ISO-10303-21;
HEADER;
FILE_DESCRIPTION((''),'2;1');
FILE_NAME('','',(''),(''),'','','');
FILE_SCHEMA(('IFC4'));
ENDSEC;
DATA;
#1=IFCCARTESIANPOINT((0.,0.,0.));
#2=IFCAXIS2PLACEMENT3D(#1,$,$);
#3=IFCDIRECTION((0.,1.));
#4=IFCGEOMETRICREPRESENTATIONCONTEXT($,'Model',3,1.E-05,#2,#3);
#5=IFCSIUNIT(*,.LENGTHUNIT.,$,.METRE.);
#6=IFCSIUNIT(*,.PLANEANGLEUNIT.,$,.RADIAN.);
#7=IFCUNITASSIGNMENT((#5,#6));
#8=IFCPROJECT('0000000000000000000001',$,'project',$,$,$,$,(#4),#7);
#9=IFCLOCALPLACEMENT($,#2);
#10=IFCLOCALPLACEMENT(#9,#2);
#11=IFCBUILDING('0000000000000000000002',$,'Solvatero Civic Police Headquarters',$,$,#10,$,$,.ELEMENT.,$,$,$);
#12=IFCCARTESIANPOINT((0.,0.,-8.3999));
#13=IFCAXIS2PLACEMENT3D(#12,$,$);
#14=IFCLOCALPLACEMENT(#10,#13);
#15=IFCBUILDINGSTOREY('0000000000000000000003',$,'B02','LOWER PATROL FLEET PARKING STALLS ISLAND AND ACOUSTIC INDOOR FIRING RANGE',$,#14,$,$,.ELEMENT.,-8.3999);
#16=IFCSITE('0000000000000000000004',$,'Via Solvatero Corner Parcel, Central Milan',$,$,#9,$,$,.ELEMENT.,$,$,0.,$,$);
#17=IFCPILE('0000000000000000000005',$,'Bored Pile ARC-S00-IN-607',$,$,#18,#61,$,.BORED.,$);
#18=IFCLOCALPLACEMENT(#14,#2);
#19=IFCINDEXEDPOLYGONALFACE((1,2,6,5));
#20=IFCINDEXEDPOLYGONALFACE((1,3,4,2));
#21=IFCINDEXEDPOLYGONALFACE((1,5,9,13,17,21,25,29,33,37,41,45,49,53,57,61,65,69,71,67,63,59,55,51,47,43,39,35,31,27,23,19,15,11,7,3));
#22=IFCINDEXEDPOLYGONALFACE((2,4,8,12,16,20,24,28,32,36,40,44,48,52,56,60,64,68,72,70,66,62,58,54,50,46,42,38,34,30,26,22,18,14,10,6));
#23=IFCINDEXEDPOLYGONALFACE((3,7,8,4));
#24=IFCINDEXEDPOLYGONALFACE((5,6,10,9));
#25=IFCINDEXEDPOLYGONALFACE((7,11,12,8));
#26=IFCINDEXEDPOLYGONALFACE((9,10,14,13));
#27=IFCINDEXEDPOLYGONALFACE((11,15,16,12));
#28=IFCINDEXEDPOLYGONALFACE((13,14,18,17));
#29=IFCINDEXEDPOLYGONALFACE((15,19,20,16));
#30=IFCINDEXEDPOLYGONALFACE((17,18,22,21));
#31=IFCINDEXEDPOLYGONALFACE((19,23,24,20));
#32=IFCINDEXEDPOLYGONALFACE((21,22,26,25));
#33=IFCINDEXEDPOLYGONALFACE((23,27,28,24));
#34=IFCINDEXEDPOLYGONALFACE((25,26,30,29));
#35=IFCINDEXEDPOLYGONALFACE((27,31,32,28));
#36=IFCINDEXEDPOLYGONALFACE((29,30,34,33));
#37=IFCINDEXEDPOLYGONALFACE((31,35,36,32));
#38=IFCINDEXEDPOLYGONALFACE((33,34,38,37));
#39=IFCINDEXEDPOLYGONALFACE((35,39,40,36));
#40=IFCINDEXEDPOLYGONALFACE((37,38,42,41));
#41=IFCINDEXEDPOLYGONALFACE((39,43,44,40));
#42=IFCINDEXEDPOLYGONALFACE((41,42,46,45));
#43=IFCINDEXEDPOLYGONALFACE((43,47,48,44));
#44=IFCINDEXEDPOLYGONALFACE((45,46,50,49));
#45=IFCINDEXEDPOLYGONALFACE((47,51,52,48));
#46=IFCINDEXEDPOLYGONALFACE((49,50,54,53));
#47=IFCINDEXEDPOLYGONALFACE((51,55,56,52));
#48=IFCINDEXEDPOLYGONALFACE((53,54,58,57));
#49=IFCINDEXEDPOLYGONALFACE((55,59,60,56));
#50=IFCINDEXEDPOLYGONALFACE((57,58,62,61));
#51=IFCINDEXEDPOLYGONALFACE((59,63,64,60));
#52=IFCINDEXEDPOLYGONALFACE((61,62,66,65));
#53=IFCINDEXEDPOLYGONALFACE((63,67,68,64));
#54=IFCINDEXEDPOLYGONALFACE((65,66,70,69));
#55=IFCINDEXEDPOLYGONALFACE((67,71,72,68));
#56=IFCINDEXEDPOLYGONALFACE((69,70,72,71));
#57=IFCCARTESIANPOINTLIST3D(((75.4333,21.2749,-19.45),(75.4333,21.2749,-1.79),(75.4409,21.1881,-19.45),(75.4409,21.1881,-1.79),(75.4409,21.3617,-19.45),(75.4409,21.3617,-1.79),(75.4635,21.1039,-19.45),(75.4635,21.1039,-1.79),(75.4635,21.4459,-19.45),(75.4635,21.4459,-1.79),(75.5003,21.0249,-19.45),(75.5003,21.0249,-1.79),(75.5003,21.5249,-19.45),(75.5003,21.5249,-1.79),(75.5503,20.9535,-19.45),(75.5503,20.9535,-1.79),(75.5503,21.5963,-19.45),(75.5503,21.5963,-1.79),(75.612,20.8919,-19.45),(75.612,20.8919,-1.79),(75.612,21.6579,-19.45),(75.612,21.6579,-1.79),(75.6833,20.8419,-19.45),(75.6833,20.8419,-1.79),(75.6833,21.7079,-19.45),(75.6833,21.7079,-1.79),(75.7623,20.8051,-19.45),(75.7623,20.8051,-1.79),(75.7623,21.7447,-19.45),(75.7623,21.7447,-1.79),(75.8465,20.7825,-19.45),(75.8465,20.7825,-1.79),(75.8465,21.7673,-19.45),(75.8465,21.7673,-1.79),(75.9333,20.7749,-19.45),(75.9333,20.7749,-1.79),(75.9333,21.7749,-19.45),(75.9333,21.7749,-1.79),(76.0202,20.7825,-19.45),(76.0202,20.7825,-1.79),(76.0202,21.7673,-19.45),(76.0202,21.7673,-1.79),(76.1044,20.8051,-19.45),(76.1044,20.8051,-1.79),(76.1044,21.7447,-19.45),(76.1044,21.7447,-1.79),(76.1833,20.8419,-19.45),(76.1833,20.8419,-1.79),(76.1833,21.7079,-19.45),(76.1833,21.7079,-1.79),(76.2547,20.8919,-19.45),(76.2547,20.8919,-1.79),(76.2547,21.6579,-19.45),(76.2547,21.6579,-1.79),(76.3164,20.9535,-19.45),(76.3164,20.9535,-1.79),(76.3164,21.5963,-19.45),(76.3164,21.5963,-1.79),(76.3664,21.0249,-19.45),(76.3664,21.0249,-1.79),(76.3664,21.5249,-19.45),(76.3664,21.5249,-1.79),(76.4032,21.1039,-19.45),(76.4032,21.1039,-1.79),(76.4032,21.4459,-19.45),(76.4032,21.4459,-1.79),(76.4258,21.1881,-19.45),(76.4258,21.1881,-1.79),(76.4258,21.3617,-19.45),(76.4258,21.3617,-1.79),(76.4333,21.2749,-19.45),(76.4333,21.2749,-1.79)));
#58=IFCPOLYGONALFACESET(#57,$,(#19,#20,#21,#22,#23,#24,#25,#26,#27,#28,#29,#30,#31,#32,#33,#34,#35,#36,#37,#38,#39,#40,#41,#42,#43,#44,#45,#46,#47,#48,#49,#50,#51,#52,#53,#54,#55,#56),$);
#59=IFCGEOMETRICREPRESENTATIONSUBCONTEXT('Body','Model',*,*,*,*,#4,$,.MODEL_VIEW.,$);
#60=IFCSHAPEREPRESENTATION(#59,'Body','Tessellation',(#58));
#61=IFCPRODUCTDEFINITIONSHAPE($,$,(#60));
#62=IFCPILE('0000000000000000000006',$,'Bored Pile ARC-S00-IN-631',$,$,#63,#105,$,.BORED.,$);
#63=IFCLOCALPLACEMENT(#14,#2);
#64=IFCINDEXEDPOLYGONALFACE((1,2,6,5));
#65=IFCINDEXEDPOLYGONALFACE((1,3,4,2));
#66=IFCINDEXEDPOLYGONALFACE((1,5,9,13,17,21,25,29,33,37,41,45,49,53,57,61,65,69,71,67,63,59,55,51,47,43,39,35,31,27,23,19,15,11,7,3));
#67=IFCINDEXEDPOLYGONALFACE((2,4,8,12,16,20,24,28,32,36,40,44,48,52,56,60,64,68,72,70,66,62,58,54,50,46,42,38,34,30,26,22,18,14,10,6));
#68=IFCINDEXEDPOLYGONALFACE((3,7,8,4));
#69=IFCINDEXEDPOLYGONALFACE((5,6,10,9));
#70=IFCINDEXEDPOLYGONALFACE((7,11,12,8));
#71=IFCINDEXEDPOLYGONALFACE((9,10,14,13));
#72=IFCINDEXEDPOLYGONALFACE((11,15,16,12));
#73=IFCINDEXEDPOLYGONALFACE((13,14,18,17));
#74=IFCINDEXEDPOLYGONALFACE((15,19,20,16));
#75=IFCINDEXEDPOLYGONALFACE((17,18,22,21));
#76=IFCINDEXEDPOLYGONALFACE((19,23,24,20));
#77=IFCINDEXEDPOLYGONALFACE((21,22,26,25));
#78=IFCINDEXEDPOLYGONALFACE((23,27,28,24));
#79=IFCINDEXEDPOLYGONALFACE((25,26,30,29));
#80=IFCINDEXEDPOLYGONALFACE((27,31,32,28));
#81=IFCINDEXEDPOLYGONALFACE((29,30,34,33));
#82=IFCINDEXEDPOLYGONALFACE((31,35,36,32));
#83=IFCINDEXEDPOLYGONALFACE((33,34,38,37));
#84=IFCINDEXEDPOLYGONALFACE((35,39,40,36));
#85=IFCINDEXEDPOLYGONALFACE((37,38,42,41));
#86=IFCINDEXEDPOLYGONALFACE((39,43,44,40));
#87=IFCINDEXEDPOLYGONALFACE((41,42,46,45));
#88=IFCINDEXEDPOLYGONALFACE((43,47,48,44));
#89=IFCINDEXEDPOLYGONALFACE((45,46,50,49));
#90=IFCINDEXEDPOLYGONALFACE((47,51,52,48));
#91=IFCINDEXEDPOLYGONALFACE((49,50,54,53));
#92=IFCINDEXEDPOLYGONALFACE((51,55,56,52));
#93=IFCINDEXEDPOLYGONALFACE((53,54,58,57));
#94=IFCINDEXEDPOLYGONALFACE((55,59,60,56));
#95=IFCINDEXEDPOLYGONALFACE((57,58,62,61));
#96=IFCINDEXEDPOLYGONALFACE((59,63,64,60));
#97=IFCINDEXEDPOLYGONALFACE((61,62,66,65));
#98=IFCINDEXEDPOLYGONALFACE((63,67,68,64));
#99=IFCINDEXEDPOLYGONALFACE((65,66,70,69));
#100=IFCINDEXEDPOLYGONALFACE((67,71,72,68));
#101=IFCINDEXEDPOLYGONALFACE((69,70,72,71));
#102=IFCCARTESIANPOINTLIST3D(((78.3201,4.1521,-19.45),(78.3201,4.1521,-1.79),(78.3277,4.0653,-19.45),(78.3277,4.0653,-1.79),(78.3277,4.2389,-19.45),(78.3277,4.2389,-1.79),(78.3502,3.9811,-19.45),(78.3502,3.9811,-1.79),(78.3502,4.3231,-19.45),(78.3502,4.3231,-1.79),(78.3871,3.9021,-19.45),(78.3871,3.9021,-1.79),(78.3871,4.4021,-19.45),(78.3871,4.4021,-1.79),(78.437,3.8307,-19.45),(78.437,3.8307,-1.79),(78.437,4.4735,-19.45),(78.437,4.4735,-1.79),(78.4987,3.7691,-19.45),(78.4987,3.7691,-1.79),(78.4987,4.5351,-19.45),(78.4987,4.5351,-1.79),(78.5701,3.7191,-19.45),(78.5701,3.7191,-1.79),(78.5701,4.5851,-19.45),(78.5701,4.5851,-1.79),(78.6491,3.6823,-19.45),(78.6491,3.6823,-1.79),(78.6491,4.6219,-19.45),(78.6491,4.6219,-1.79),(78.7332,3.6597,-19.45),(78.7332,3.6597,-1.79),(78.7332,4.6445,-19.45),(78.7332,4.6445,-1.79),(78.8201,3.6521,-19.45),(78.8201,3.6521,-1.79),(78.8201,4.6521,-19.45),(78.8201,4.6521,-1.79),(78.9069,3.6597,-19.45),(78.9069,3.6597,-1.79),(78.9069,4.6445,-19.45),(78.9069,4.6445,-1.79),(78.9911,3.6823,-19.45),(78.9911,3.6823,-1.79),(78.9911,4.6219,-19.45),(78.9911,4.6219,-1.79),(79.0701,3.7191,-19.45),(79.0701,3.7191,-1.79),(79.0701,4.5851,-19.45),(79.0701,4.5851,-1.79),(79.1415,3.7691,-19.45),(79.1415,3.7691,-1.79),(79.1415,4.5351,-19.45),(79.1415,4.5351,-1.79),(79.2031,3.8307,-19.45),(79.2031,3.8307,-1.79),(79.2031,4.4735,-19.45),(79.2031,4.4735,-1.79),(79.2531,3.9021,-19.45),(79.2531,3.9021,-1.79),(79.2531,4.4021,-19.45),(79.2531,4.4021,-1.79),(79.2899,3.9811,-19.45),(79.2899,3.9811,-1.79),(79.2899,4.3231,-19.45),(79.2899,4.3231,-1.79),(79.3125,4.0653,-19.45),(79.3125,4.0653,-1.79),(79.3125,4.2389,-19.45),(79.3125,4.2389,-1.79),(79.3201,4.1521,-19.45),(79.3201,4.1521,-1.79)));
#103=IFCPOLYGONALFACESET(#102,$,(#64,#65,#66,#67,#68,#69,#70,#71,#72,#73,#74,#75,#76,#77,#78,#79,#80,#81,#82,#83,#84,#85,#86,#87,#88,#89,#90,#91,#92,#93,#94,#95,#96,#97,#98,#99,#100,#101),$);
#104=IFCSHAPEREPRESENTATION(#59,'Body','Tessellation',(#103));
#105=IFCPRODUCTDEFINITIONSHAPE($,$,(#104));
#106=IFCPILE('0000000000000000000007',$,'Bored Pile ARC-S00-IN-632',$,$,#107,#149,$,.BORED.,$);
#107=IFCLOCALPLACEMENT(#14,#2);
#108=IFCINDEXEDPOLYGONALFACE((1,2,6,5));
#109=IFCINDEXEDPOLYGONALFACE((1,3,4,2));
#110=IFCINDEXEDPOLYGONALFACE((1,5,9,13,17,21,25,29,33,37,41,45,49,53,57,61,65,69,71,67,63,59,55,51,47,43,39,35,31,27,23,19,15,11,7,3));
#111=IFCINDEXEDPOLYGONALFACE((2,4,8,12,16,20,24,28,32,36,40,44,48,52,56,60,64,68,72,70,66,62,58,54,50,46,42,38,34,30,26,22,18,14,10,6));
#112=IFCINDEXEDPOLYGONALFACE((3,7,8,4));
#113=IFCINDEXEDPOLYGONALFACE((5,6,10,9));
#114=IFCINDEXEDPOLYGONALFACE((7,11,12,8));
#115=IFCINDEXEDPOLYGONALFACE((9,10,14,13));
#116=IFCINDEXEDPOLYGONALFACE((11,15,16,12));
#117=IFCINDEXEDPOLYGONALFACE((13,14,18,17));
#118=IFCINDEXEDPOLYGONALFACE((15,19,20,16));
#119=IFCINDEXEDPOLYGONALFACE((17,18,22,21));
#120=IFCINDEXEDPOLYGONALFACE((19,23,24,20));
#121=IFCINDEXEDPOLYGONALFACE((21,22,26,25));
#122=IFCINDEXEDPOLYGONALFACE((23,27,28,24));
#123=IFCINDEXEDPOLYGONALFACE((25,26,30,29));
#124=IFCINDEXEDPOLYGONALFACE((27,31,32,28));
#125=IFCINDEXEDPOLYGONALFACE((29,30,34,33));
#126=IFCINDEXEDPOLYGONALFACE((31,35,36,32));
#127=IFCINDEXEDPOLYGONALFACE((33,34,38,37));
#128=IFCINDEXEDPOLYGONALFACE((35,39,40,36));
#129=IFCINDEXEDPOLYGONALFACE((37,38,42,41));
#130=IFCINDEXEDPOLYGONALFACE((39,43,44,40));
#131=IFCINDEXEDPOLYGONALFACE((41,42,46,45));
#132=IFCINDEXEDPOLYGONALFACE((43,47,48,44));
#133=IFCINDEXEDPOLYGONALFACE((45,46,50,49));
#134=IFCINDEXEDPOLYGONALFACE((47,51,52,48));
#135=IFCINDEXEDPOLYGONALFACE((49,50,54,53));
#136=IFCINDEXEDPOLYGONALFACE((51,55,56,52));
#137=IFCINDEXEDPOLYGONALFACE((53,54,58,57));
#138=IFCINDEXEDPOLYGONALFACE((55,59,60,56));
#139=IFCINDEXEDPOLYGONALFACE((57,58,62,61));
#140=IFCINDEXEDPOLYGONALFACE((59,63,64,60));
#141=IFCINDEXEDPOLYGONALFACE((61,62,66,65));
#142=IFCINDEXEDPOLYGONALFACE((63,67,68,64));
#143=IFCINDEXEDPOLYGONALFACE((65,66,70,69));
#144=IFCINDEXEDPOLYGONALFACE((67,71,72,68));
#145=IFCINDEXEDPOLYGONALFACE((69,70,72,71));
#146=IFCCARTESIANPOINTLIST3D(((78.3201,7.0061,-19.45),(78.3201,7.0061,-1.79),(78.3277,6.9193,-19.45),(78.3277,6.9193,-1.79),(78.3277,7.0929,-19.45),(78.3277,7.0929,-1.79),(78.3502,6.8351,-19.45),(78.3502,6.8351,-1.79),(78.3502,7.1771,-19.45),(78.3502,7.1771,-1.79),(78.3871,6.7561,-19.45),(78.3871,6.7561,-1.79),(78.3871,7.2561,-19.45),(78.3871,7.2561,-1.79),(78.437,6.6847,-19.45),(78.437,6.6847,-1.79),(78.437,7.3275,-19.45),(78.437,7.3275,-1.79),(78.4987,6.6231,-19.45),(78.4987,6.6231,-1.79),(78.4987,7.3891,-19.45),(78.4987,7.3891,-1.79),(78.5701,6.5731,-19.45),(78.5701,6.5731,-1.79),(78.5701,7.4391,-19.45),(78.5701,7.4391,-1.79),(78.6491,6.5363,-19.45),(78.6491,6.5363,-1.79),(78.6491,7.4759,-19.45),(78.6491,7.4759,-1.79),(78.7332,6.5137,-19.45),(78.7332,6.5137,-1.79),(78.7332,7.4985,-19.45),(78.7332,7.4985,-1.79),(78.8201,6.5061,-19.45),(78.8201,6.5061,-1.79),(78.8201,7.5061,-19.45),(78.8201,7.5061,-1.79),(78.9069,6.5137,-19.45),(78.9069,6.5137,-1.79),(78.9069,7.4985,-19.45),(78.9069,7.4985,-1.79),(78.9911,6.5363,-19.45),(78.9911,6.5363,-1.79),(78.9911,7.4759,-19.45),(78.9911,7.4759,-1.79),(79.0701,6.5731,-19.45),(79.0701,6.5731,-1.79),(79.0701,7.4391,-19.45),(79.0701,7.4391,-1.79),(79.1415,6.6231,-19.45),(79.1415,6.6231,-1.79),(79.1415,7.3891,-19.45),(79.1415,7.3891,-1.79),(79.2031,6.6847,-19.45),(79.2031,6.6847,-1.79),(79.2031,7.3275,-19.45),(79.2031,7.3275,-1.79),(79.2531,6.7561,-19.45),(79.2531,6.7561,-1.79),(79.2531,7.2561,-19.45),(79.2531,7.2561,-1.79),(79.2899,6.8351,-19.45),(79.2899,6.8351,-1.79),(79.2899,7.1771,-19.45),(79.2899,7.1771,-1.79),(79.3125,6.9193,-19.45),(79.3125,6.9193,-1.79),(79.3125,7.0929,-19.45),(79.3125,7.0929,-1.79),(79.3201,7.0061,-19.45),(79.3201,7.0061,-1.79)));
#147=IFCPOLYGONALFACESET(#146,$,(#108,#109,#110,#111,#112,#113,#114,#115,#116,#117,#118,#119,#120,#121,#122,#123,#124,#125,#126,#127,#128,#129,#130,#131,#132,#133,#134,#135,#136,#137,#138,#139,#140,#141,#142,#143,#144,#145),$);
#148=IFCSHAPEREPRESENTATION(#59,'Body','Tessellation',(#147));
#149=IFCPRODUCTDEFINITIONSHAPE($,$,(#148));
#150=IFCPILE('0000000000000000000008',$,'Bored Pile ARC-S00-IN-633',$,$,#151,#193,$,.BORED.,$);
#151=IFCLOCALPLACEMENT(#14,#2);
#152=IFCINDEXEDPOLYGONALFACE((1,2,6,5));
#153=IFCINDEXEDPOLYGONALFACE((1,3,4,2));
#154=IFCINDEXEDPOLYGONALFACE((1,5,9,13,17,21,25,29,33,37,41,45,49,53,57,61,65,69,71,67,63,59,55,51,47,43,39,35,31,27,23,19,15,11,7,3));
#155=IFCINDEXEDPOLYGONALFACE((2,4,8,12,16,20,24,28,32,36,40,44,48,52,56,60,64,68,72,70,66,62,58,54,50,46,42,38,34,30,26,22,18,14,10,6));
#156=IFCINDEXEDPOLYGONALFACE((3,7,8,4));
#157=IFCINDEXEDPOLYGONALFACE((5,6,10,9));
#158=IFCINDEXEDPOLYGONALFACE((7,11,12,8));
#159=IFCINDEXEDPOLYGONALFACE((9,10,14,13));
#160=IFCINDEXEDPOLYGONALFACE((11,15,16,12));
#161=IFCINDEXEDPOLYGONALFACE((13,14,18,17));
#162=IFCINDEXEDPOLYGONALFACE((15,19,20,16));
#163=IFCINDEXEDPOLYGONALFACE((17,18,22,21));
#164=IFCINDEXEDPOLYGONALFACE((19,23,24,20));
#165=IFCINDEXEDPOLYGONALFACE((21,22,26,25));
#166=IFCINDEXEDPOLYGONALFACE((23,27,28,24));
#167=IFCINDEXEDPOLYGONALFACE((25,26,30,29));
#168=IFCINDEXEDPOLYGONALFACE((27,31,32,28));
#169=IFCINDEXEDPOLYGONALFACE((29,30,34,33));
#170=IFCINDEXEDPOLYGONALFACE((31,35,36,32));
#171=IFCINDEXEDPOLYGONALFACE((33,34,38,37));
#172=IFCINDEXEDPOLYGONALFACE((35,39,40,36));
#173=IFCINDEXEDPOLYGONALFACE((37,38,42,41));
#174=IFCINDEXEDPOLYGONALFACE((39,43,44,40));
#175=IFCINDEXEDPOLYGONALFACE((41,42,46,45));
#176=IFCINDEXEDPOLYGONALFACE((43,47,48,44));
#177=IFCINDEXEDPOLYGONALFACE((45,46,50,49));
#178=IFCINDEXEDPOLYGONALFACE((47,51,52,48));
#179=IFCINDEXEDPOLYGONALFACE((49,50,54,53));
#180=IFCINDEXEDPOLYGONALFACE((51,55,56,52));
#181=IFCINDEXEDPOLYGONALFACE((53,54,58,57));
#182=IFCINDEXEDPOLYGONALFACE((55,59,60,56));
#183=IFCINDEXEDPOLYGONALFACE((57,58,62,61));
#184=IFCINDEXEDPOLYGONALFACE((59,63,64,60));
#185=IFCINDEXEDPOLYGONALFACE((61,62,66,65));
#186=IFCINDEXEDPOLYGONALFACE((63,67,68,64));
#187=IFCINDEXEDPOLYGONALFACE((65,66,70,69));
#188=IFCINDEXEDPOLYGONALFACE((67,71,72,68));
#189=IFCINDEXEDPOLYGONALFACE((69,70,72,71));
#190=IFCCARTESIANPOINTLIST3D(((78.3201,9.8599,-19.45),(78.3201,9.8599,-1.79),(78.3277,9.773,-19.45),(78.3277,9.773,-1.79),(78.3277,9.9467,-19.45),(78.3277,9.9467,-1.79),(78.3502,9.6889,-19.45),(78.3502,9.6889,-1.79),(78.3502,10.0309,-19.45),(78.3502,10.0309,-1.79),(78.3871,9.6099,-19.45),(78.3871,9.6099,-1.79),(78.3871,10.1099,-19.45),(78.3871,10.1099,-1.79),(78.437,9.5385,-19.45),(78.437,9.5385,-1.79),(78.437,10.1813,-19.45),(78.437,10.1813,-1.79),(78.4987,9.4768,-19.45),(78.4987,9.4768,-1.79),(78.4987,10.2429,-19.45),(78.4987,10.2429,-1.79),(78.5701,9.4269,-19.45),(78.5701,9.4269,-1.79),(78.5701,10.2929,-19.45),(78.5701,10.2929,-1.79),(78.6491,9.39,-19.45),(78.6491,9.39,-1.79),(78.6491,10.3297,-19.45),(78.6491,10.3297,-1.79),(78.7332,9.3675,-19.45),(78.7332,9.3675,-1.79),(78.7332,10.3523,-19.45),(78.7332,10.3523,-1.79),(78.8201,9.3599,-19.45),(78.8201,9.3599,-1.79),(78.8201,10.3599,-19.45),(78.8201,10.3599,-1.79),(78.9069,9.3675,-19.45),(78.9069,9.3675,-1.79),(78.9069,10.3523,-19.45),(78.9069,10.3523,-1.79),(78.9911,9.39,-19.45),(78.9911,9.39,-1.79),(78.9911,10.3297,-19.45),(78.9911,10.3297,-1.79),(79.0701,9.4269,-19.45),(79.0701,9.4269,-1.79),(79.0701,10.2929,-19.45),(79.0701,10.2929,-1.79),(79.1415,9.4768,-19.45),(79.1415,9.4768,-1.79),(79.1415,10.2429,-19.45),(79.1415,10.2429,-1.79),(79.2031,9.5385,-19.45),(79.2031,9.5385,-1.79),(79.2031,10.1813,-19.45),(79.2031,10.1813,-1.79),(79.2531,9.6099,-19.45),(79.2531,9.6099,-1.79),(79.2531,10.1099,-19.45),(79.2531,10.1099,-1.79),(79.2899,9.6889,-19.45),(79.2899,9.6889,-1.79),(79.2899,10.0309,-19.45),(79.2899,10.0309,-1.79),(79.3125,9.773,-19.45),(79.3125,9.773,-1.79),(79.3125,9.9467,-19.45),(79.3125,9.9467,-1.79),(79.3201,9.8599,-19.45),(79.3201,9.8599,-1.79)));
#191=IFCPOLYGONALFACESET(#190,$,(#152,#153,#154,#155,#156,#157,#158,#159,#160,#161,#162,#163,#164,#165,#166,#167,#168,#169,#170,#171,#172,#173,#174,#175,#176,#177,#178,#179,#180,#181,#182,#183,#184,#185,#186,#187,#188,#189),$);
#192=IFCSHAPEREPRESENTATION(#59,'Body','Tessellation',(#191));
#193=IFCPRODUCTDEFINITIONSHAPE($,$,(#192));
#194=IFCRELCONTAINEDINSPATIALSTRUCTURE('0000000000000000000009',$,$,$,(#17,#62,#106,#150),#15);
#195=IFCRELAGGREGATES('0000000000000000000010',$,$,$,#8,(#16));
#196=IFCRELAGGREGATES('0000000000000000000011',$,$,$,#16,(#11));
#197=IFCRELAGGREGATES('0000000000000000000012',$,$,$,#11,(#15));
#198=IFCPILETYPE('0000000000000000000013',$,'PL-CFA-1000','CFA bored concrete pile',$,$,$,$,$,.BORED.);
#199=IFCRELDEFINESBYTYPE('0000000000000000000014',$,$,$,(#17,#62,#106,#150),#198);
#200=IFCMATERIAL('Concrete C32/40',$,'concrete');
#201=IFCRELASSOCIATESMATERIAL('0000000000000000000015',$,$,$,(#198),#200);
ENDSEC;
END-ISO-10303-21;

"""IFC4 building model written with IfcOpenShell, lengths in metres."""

from ifc_helpers import new_model, si_unit, direction, frame, origin, origin_2d, place, context, subcontext, project, spatial, circle, extrude, material, material_profile, profile_set, type_object, element, save


model = new_model("IFC4")

# Units and contexts
model_context = context("Model", 3, precision=1e-05, world=origin(), true_north=direction((0.0, 1.0)))
body_context = subcontext(model_context, "Body", "Model", "MODEL_VIEW")
ifc_project = project(units=[si_unit("LENGTHUNIT", "METRE"), si_unit("PLANEANGLEUNIT", "RADIAN")], contexts=[model_context])

# Site, building, storey
site_placement = place(None, origin())
site = spatial("IfcSite", under=ifc_project, at=site_placement, Name="Via Solvatero Corner Parcel, Central Milan", CompositionType="ELEMENT", RefElevation=0.0)
building_placement = place(site_placement, origin())
building = spatial("IfcBuilding", under=site, at=building_placement, Name="Solvatero Civic Police Headquarters", CompositionType="ELEMENT")
storey_placement = place(building_placement, frame((0.0, 0.0, -8.3999)))
storey = spatial("IfcBuildingStorey", under=building, at=storey_placement, Name="B02", Description="LOWER PATROL FLEET PARKING STALLS ISLAND AND ACOUSTIC INDOOR FIRING RANGE", CompositionType="ELEMENT", Elevation=-8.3999)

# Piles
ifc_material_1 = material(Name="Concrete C32/40", Category="concrete")
ifc_material_profile_1 = material_profile(ifc_material_1, circle(Radius=0.5, at=origin_2d()), Name="CFA PILE D1000")
ifc_profile_set_1 = profile_set([ifc_material_profile_1], Name="Concrete C32/40")
pile_type = type_object("IfcPileType", Name="PL-CFA-1000", Description="CFA bored concrete pile", PredefinedType="BORED", material=ifc_profile_set_1)
for number, where, z_axis, x_axis, name in (
    (1, (75.9333, 21.2749, -1.79), (0.0, 0.0, -1.0), (1.0, 0.0, 0.0), "Bored Pile ARC-S00-IN-607"),
    (2, (78.8201, 4.1521, -1.79), (0.0, 0.0, -1.0), (1.0, 0.0, 0.0), "Bored Pile ARC-S00-IN-631"),
    (3, (78.8201, 7.0061, -1.79), (0.0, 0.0, -1.0), (1.0, 0.0, 0.0), "Bored Pile ARC-S00-IN-632"),
    (4, (78.8201, 9.8599, -1.79), (0.0, 0.0, -1.0), (1.0, 0.0, 0.0), "Bored Pile ARC-S00-IN-633"),
):
    element("IfcPile", number, at=place(storey_placement, frame(where, z_axis=z_axis, x_axis=x_axis)), inside=storey, type_object=pile_type, Name=name, PredefinedType="BORED", context=body_context, shape_type="SweptSolid", body=[
        extrude(circle(Radius=0.5, at=origin_2d()), origin(), (0.0, 0.0, 1.0), 17.6599),
    ])

save(model, "model.ifc")
